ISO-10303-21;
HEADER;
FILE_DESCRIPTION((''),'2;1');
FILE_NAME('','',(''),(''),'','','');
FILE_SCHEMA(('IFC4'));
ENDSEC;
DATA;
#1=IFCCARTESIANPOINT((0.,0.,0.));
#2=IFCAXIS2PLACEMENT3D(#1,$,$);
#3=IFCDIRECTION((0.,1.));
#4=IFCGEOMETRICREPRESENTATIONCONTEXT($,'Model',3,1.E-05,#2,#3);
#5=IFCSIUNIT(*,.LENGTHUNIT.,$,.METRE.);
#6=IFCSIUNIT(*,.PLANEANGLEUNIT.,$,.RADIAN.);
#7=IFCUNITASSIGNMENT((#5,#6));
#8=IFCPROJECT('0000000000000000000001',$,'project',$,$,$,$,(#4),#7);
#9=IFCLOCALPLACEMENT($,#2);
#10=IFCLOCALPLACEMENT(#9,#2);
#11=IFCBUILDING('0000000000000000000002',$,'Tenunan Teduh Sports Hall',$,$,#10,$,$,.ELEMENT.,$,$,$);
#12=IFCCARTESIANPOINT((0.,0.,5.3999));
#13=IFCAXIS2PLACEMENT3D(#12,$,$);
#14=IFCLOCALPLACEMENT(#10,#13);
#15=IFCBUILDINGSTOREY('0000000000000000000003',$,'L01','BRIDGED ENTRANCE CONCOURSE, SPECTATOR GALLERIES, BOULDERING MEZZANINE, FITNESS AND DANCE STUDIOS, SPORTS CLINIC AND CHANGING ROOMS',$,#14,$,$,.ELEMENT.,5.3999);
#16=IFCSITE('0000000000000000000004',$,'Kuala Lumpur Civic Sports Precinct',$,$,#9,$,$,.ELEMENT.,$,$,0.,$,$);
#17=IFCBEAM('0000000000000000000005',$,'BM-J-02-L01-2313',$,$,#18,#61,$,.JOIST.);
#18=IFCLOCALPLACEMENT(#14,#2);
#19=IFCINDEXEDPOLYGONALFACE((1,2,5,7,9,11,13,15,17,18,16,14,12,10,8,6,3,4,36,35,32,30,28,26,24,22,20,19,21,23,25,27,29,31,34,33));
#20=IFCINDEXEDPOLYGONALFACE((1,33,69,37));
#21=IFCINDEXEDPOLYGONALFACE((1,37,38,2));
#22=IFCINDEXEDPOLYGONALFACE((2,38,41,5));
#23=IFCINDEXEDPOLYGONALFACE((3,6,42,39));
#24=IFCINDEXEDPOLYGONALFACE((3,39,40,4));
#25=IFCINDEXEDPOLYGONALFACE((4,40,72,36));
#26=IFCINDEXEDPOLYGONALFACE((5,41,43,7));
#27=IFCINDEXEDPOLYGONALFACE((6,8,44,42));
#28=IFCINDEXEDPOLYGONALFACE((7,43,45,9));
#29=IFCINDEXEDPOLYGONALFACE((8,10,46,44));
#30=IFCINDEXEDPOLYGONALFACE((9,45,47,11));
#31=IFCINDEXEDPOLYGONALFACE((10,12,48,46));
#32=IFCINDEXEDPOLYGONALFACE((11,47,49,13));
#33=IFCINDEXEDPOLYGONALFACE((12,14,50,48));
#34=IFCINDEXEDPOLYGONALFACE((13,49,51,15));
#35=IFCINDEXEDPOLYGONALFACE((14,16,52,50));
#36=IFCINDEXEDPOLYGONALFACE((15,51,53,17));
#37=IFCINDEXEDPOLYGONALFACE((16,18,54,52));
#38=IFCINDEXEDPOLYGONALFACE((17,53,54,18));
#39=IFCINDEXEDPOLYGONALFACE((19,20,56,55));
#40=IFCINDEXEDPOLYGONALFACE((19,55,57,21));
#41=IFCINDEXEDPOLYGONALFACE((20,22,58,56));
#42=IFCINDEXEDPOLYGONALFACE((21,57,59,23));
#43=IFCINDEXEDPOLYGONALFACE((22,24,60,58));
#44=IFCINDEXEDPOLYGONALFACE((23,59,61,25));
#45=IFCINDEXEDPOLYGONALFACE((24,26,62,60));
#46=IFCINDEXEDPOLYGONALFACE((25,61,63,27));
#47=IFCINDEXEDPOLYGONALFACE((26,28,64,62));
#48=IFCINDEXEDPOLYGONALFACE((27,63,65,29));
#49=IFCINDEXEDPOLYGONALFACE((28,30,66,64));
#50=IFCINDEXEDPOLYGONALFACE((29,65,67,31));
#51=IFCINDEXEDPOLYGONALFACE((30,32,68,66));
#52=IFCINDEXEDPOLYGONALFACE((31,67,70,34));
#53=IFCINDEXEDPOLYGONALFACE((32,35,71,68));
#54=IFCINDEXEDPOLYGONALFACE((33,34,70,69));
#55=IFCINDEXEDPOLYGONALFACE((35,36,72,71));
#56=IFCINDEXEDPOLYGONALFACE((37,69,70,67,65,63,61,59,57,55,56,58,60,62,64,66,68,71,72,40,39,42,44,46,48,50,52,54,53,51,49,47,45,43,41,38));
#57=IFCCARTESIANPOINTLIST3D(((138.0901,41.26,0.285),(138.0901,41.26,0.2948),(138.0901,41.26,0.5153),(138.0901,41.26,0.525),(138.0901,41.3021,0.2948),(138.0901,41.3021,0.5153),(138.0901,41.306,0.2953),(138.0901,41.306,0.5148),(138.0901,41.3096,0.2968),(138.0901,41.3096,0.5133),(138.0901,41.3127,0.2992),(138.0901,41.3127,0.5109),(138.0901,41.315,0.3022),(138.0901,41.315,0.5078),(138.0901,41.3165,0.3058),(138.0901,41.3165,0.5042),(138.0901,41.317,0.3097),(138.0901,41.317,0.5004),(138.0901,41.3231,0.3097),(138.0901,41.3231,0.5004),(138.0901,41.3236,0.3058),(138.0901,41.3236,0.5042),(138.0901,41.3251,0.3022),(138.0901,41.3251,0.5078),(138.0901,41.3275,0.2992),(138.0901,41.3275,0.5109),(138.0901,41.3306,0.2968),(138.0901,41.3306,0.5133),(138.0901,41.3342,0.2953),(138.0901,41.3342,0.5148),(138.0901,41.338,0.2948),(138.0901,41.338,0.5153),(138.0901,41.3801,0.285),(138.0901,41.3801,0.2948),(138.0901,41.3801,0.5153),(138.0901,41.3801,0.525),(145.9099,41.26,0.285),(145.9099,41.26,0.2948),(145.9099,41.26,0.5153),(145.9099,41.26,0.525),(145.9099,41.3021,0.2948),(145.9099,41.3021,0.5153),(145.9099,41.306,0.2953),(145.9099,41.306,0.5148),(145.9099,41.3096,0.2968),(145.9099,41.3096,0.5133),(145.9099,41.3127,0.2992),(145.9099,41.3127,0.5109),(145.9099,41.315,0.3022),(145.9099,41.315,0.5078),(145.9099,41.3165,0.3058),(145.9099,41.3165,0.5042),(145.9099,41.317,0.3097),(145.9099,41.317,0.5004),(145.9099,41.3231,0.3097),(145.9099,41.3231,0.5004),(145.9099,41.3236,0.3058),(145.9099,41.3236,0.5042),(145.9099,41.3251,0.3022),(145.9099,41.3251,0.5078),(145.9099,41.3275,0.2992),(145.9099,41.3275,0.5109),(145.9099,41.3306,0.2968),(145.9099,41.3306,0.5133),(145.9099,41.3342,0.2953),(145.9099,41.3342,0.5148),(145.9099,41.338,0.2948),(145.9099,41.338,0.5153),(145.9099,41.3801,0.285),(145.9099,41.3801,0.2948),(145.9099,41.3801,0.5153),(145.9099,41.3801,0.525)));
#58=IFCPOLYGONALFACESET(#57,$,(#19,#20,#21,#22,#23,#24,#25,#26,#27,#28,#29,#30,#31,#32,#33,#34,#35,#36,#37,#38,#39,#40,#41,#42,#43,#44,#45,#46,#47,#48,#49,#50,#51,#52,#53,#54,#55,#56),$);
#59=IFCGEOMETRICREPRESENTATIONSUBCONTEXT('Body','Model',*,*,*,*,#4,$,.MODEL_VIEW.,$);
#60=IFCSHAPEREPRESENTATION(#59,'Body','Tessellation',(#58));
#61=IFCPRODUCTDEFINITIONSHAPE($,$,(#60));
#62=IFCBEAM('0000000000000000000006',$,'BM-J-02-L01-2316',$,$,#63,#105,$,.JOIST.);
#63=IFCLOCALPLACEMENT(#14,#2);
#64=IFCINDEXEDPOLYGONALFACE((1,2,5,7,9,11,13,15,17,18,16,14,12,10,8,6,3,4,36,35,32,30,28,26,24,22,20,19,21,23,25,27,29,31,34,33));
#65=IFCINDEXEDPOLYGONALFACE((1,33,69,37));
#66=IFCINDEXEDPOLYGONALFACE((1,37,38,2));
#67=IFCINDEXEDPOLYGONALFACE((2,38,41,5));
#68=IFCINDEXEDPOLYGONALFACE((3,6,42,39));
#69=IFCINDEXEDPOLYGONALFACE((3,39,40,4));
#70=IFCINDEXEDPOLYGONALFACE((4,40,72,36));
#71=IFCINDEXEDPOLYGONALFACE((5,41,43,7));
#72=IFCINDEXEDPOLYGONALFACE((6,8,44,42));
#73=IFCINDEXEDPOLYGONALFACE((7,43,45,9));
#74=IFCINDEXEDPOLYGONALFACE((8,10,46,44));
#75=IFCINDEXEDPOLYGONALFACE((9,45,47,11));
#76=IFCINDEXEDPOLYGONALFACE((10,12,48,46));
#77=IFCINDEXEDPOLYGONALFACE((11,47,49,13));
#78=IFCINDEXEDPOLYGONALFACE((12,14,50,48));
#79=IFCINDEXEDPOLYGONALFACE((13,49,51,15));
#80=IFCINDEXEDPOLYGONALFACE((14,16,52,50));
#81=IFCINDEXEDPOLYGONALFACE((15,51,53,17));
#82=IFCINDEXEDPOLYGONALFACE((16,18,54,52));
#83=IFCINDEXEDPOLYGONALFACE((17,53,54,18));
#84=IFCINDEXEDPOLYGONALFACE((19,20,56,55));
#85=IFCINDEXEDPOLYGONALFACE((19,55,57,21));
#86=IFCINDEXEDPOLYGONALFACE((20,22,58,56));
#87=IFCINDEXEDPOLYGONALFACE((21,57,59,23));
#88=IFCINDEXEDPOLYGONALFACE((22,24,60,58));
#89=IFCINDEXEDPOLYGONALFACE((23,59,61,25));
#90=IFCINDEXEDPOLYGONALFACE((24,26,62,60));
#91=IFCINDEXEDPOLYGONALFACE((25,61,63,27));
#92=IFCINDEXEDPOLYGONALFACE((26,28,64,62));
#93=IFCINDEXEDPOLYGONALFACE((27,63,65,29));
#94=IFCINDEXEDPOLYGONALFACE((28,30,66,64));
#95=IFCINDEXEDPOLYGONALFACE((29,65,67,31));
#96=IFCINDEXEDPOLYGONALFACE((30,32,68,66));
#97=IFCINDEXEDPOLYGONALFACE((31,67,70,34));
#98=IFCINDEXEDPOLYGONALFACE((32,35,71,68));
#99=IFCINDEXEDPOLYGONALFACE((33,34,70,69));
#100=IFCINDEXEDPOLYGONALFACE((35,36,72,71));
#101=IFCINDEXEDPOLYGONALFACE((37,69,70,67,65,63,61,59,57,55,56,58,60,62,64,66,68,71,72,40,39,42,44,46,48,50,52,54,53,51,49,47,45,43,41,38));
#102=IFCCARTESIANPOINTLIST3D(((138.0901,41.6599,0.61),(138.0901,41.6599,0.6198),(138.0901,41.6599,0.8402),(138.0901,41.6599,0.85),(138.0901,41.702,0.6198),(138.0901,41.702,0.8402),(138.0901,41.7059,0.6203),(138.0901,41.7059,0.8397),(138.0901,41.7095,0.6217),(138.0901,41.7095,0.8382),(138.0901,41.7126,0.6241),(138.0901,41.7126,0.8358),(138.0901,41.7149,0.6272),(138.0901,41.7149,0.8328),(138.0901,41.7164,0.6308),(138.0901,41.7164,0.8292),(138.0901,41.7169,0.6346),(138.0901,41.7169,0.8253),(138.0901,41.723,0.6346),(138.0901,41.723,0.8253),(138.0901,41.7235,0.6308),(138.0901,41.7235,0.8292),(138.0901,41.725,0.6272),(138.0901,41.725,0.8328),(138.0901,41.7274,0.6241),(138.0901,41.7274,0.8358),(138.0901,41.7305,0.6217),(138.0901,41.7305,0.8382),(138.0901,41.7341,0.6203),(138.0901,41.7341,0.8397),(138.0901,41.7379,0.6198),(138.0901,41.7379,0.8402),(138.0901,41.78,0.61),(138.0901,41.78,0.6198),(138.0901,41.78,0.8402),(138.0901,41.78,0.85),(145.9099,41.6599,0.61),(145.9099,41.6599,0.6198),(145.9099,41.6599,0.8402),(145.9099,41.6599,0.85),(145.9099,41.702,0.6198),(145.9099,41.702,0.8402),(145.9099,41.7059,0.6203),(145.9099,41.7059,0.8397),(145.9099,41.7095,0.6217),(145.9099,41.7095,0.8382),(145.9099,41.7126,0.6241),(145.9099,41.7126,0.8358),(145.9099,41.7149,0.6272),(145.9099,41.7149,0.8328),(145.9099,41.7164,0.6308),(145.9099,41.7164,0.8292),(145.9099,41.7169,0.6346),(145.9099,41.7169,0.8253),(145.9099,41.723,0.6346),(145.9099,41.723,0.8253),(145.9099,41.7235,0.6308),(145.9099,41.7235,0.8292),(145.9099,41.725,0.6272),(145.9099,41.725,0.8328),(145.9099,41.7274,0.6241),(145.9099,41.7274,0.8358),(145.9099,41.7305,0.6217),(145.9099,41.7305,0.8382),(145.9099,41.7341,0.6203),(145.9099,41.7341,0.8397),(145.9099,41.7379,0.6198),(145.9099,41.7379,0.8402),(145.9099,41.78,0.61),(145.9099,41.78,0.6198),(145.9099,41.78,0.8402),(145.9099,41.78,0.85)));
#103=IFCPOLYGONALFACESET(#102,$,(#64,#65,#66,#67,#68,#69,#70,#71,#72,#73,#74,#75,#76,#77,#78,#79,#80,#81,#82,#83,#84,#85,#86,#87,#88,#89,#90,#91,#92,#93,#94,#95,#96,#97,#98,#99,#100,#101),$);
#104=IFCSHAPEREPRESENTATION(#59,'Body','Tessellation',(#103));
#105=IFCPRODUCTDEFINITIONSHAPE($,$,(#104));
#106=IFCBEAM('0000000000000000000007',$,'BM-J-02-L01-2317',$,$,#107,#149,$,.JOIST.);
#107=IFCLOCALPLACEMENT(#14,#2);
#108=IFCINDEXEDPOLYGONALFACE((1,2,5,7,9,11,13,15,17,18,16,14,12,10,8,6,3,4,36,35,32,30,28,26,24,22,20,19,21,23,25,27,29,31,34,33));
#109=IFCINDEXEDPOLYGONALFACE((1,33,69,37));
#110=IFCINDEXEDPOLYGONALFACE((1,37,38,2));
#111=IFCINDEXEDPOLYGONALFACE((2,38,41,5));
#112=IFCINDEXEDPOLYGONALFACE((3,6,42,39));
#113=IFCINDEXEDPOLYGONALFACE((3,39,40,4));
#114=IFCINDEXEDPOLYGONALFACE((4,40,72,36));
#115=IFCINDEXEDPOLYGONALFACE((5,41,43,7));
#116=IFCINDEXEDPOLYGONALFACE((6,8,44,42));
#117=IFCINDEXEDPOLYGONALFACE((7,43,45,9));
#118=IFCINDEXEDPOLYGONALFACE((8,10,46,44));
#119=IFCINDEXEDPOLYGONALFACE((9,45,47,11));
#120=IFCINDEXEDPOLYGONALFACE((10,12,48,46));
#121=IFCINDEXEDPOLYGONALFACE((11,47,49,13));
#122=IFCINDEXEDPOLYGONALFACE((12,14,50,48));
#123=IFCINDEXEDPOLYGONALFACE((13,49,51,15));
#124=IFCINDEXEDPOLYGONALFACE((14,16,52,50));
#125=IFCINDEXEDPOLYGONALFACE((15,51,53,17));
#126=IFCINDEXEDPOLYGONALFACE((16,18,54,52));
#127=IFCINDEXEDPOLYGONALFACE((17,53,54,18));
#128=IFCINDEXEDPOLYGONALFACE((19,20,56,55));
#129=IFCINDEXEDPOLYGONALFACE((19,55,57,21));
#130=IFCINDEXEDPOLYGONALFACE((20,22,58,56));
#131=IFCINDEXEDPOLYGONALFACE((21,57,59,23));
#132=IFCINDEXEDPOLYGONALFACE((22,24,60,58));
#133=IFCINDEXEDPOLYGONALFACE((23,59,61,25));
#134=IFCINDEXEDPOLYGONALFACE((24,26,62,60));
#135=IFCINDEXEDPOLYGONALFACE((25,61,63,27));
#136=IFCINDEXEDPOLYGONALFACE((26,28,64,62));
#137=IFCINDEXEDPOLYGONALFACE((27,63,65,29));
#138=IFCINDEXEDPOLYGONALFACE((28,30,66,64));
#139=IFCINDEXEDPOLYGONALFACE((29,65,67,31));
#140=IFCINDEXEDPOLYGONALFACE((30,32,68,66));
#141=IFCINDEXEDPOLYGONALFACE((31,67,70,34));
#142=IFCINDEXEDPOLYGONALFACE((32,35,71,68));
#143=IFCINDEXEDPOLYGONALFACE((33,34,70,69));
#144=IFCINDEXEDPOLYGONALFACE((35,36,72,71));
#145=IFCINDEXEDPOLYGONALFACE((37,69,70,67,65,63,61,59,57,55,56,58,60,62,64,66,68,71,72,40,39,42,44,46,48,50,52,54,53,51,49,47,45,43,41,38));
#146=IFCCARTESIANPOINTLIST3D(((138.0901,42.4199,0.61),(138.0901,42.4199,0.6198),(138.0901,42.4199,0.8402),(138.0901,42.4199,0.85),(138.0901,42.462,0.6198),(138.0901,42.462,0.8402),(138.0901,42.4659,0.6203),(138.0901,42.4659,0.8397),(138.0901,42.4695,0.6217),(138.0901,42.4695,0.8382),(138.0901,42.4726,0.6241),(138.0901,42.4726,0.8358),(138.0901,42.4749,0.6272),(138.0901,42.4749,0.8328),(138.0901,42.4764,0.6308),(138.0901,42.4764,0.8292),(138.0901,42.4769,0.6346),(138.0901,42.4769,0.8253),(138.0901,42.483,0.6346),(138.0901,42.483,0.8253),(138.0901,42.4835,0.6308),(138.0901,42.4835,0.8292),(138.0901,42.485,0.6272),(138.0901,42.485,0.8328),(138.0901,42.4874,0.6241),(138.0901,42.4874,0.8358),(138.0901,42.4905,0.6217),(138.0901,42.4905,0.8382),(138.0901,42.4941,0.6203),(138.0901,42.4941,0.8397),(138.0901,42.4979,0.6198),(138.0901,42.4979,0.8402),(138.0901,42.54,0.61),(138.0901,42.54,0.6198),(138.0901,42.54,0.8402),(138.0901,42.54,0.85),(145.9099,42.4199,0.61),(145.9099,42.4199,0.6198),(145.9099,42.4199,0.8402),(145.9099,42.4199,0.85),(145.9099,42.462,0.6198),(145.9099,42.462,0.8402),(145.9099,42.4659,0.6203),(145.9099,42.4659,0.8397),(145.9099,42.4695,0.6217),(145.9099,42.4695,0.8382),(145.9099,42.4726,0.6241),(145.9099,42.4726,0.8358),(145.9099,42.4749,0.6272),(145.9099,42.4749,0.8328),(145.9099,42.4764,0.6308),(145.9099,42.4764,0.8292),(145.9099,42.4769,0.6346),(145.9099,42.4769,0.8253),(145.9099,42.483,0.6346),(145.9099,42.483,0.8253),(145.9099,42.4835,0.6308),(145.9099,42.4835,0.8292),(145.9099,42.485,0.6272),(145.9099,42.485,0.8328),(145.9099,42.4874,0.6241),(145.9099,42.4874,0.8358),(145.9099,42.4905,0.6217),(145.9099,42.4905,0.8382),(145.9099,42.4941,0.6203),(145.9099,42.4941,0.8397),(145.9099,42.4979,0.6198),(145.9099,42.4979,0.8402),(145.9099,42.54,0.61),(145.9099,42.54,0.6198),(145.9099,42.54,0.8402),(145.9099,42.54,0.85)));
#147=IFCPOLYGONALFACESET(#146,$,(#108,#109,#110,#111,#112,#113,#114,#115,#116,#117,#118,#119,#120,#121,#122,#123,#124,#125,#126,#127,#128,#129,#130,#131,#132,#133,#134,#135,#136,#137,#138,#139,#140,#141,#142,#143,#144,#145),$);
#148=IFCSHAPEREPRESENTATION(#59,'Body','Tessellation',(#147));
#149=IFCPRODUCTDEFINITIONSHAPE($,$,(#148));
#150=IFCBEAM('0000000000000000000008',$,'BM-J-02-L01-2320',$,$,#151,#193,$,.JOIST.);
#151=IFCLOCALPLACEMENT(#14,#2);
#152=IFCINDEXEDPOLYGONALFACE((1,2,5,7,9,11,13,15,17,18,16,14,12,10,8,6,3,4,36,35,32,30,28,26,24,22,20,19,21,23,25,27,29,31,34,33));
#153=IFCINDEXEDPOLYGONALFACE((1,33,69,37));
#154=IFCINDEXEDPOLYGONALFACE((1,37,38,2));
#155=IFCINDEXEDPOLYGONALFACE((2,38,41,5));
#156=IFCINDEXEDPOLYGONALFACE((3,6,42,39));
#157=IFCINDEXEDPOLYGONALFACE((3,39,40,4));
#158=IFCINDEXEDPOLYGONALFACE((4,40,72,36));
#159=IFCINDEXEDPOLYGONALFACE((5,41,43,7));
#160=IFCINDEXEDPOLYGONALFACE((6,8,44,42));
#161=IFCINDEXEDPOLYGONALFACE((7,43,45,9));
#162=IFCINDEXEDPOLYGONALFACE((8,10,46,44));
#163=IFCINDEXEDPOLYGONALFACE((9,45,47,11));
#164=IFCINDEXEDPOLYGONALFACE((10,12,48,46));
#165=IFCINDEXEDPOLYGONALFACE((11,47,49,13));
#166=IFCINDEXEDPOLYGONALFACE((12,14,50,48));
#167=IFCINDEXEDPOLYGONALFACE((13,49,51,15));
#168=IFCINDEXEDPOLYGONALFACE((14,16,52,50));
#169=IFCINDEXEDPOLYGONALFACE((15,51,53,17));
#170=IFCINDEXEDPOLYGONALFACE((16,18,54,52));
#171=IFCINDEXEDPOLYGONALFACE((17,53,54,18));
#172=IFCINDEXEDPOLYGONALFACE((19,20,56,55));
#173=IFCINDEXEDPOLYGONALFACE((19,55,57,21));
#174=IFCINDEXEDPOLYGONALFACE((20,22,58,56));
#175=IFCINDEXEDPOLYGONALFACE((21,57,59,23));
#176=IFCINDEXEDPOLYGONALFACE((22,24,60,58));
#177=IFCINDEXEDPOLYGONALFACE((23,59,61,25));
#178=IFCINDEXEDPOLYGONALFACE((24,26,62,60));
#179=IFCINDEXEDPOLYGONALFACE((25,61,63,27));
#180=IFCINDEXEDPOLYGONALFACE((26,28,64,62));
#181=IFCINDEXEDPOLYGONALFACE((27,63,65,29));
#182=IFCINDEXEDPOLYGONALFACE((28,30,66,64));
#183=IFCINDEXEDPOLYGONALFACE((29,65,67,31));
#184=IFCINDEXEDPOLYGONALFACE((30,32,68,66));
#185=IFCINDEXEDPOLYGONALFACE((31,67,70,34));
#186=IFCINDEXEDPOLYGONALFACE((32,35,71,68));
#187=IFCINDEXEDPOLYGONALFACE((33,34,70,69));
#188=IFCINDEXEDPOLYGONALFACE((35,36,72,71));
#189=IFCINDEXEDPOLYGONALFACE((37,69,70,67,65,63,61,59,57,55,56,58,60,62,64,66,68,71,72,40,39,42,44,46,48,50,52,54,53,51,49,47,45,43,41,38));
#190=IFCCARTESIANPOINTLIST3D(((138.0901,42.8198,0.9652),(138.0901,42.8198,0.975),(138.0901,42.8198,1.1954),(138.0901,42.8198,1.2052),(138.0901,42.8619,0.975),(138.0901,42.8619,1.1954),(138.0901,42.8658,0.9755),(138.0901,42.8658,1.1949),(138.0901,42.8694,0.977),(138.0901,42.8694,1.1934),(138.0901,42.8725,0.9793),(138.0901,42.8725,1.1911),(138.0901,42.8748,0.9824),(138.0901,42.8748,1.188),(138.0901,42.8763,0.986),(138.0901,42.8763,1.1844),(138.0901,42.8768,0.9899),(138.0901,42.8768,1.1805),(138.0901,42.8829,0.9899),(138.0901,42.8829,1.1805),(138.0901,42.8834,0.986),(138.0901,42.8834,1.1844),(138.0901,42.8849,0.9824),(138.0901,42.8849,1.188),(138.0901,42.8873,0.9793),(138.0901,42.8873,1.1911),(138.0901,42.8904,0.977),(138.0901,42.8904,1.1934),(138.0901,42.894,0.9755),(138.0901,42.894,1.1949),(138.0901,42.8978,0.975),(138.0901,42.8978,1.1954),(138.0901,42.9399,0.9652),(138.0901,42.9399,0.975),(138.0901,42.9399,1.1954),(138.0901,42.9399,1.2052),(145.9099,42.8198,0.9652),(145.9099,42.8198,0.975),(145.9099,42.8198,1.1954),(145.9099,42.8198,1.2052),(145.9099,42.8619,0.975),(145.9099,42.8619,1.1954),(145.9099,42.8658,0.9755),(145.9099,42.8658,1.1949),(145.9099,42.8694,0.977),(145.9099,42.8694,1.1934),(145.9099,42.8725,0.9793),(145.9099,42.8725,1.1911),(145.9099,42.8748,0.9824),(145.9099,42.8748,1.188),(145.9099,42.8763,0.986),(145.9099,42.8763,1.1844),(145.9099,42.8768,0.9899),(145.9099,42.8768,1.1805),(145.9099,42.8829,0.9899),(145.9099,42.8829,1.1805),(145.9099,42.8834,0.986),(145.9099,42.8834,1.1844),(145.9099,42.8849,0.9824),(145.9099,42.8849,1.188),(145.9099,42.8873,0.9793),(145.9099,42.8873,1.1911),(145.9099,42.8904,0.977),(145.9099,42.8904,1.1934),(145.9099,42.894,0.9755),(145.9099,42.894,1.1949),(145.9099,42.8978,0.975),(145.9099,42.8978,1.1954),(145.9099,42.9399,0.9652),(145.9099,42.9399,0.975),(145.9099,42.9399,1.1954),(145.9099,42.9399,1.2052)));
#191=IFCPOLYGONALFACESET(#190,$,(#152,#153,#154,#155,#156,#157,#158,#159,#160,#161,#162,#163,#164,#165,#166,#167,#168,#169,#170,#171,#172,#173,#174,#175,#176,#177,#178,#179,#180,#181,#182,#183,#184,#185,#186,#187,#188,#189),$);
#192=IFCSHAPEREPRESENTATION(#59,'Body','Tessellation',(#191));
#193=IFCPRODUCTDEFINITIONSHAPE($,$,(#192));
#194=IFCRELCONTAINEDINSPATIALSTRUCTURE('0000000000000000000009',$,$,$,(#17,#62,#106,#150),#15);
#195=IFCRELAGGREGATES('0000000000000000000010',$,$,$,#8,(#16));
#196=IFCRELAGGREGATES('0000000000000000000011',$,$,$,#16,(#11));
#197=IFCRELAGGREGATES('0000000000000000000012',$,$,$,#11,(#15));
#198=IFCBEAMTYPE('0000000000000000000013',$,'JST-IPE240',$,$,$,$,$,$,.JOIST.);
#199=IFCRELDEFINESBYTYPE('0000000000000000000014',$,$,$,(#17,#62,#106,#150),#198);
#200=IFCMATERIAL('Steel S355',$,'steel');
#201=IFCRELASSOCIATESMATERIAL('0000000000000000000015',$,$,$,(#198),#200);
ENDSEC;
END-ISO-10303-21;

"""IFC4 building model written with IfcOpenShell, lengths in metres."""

from ifc_helpers import new_model, si_unit, direction, frame, origin, origin_2d, place, context, subcontext, project, spatial, i_section, extrude, material, material_profile, profile_set, type_object, element, save


model = new_model("IFC4")

# Units and contexts
model_context = context("Model", 3, precision=1e-05, world=origin(), true_north=direction((0.0, 1.0)))
body_context = subcontext(model_context, "Body", "Model", "MODEL_VIEW")
ifc_project = project(units=[si_unit("LENGTHUNIT", "METRE"), si_unit("PLANEANGLEUNIT", "RADIAN")], contexts=[model_context])

# Site, building, storey
site_placement = place(None, origin())
site = spatial("IfcSite", under=ifc_project, at=site_placement, Name="Kuala Lumpur Civic Sports Precinct", CompositionType="ELEMENT", RefElevation=0.0)
building_placement = place(site_placement, origin())
building = spatial("IfcBuilding", under=site, at=building_placement, Name="Tenunan Teduh Sports Hall", CompositionType="ELEMENT")
storey_placement = place(building_placement, frame((0.0, 0.0, 5.3999)))
storey = spatial("IfcBuildingStorey", under=building, at=storey_placement, Name="L01", Description="BRIDGED ENTRANCE CONCOURSE, SPECTATOR GALLERIES, BOULDERING MEZZANINE, FITNESS AND DANCE STUDIOS, SPORTS CLINIC AND CHANGING ROOMS", CompositionType="ELEMENT", Elevation=5.3999)

# Beams
ifc_material_1 = material(Name="Steel S355", Category="steel")
ifc_material_profile_1 = material_profile(ifc_material_1, i_section(OverallWidth=0.1201, OverallDepth=0.24, WebThickness=0.0061, FlangeThickness=0.0098, FilletRadius=0.0149, at=origin_2d()), Name="IPE 240")
ifc_profile_set_1 = profile_set([ifc_material_profile_1], Name="Steel S355")
beam_type_1 = type_object("IfcBeamType", Name="JST-IPE240", PredefinedType="JOIST", material=ifc_profile_set_1)
for number, where, z_axis, x_axis, name in (
    (1, (138.0901, 41.3201, 0.405), (1.0, 0.0, 0.0), (0.0, 1.0, 0.0), "BM-J-02-L01-2313"),
    (2, (138.0901, 41.72, 0.73), (1.0, 0.0, 0.0), (0.0, 1.0, 0.0), "BM-J-02-L01-2316"),
    (3, (138.0901, 42.48, 0.73), (1.0, 0.0, 0.0), (0.0, 1.0, 0.0), "BM-J-02-L01-2317"),
    (4, (138.0901, 42.8799, 1.0852), (1.0, 0.0, 0.0), (0.0, 1.0, 0.0), "BM-J-02-L01-2320"),
):
    element("IfcBeam", number, at=place(storey_placement, frame(where, z_axis=z_axis, x_axis=x_axis)), inside=storey, type_object=beam_type_1, Name=name, PredefinedType="JOIST", context=body_context, shape_type="SweptSolid", body=[
        extrude(i_section(OverallWidth=0.1201, OverallDepth=0.24, WebThickness=0.0061, FlangeThickness=0.0098, FilletRadius=0.0149, at=origin_2d()), origin(), (0.0, 0.0, 1.0), 7.8198),
    ])

save(model, "model.ifc")
